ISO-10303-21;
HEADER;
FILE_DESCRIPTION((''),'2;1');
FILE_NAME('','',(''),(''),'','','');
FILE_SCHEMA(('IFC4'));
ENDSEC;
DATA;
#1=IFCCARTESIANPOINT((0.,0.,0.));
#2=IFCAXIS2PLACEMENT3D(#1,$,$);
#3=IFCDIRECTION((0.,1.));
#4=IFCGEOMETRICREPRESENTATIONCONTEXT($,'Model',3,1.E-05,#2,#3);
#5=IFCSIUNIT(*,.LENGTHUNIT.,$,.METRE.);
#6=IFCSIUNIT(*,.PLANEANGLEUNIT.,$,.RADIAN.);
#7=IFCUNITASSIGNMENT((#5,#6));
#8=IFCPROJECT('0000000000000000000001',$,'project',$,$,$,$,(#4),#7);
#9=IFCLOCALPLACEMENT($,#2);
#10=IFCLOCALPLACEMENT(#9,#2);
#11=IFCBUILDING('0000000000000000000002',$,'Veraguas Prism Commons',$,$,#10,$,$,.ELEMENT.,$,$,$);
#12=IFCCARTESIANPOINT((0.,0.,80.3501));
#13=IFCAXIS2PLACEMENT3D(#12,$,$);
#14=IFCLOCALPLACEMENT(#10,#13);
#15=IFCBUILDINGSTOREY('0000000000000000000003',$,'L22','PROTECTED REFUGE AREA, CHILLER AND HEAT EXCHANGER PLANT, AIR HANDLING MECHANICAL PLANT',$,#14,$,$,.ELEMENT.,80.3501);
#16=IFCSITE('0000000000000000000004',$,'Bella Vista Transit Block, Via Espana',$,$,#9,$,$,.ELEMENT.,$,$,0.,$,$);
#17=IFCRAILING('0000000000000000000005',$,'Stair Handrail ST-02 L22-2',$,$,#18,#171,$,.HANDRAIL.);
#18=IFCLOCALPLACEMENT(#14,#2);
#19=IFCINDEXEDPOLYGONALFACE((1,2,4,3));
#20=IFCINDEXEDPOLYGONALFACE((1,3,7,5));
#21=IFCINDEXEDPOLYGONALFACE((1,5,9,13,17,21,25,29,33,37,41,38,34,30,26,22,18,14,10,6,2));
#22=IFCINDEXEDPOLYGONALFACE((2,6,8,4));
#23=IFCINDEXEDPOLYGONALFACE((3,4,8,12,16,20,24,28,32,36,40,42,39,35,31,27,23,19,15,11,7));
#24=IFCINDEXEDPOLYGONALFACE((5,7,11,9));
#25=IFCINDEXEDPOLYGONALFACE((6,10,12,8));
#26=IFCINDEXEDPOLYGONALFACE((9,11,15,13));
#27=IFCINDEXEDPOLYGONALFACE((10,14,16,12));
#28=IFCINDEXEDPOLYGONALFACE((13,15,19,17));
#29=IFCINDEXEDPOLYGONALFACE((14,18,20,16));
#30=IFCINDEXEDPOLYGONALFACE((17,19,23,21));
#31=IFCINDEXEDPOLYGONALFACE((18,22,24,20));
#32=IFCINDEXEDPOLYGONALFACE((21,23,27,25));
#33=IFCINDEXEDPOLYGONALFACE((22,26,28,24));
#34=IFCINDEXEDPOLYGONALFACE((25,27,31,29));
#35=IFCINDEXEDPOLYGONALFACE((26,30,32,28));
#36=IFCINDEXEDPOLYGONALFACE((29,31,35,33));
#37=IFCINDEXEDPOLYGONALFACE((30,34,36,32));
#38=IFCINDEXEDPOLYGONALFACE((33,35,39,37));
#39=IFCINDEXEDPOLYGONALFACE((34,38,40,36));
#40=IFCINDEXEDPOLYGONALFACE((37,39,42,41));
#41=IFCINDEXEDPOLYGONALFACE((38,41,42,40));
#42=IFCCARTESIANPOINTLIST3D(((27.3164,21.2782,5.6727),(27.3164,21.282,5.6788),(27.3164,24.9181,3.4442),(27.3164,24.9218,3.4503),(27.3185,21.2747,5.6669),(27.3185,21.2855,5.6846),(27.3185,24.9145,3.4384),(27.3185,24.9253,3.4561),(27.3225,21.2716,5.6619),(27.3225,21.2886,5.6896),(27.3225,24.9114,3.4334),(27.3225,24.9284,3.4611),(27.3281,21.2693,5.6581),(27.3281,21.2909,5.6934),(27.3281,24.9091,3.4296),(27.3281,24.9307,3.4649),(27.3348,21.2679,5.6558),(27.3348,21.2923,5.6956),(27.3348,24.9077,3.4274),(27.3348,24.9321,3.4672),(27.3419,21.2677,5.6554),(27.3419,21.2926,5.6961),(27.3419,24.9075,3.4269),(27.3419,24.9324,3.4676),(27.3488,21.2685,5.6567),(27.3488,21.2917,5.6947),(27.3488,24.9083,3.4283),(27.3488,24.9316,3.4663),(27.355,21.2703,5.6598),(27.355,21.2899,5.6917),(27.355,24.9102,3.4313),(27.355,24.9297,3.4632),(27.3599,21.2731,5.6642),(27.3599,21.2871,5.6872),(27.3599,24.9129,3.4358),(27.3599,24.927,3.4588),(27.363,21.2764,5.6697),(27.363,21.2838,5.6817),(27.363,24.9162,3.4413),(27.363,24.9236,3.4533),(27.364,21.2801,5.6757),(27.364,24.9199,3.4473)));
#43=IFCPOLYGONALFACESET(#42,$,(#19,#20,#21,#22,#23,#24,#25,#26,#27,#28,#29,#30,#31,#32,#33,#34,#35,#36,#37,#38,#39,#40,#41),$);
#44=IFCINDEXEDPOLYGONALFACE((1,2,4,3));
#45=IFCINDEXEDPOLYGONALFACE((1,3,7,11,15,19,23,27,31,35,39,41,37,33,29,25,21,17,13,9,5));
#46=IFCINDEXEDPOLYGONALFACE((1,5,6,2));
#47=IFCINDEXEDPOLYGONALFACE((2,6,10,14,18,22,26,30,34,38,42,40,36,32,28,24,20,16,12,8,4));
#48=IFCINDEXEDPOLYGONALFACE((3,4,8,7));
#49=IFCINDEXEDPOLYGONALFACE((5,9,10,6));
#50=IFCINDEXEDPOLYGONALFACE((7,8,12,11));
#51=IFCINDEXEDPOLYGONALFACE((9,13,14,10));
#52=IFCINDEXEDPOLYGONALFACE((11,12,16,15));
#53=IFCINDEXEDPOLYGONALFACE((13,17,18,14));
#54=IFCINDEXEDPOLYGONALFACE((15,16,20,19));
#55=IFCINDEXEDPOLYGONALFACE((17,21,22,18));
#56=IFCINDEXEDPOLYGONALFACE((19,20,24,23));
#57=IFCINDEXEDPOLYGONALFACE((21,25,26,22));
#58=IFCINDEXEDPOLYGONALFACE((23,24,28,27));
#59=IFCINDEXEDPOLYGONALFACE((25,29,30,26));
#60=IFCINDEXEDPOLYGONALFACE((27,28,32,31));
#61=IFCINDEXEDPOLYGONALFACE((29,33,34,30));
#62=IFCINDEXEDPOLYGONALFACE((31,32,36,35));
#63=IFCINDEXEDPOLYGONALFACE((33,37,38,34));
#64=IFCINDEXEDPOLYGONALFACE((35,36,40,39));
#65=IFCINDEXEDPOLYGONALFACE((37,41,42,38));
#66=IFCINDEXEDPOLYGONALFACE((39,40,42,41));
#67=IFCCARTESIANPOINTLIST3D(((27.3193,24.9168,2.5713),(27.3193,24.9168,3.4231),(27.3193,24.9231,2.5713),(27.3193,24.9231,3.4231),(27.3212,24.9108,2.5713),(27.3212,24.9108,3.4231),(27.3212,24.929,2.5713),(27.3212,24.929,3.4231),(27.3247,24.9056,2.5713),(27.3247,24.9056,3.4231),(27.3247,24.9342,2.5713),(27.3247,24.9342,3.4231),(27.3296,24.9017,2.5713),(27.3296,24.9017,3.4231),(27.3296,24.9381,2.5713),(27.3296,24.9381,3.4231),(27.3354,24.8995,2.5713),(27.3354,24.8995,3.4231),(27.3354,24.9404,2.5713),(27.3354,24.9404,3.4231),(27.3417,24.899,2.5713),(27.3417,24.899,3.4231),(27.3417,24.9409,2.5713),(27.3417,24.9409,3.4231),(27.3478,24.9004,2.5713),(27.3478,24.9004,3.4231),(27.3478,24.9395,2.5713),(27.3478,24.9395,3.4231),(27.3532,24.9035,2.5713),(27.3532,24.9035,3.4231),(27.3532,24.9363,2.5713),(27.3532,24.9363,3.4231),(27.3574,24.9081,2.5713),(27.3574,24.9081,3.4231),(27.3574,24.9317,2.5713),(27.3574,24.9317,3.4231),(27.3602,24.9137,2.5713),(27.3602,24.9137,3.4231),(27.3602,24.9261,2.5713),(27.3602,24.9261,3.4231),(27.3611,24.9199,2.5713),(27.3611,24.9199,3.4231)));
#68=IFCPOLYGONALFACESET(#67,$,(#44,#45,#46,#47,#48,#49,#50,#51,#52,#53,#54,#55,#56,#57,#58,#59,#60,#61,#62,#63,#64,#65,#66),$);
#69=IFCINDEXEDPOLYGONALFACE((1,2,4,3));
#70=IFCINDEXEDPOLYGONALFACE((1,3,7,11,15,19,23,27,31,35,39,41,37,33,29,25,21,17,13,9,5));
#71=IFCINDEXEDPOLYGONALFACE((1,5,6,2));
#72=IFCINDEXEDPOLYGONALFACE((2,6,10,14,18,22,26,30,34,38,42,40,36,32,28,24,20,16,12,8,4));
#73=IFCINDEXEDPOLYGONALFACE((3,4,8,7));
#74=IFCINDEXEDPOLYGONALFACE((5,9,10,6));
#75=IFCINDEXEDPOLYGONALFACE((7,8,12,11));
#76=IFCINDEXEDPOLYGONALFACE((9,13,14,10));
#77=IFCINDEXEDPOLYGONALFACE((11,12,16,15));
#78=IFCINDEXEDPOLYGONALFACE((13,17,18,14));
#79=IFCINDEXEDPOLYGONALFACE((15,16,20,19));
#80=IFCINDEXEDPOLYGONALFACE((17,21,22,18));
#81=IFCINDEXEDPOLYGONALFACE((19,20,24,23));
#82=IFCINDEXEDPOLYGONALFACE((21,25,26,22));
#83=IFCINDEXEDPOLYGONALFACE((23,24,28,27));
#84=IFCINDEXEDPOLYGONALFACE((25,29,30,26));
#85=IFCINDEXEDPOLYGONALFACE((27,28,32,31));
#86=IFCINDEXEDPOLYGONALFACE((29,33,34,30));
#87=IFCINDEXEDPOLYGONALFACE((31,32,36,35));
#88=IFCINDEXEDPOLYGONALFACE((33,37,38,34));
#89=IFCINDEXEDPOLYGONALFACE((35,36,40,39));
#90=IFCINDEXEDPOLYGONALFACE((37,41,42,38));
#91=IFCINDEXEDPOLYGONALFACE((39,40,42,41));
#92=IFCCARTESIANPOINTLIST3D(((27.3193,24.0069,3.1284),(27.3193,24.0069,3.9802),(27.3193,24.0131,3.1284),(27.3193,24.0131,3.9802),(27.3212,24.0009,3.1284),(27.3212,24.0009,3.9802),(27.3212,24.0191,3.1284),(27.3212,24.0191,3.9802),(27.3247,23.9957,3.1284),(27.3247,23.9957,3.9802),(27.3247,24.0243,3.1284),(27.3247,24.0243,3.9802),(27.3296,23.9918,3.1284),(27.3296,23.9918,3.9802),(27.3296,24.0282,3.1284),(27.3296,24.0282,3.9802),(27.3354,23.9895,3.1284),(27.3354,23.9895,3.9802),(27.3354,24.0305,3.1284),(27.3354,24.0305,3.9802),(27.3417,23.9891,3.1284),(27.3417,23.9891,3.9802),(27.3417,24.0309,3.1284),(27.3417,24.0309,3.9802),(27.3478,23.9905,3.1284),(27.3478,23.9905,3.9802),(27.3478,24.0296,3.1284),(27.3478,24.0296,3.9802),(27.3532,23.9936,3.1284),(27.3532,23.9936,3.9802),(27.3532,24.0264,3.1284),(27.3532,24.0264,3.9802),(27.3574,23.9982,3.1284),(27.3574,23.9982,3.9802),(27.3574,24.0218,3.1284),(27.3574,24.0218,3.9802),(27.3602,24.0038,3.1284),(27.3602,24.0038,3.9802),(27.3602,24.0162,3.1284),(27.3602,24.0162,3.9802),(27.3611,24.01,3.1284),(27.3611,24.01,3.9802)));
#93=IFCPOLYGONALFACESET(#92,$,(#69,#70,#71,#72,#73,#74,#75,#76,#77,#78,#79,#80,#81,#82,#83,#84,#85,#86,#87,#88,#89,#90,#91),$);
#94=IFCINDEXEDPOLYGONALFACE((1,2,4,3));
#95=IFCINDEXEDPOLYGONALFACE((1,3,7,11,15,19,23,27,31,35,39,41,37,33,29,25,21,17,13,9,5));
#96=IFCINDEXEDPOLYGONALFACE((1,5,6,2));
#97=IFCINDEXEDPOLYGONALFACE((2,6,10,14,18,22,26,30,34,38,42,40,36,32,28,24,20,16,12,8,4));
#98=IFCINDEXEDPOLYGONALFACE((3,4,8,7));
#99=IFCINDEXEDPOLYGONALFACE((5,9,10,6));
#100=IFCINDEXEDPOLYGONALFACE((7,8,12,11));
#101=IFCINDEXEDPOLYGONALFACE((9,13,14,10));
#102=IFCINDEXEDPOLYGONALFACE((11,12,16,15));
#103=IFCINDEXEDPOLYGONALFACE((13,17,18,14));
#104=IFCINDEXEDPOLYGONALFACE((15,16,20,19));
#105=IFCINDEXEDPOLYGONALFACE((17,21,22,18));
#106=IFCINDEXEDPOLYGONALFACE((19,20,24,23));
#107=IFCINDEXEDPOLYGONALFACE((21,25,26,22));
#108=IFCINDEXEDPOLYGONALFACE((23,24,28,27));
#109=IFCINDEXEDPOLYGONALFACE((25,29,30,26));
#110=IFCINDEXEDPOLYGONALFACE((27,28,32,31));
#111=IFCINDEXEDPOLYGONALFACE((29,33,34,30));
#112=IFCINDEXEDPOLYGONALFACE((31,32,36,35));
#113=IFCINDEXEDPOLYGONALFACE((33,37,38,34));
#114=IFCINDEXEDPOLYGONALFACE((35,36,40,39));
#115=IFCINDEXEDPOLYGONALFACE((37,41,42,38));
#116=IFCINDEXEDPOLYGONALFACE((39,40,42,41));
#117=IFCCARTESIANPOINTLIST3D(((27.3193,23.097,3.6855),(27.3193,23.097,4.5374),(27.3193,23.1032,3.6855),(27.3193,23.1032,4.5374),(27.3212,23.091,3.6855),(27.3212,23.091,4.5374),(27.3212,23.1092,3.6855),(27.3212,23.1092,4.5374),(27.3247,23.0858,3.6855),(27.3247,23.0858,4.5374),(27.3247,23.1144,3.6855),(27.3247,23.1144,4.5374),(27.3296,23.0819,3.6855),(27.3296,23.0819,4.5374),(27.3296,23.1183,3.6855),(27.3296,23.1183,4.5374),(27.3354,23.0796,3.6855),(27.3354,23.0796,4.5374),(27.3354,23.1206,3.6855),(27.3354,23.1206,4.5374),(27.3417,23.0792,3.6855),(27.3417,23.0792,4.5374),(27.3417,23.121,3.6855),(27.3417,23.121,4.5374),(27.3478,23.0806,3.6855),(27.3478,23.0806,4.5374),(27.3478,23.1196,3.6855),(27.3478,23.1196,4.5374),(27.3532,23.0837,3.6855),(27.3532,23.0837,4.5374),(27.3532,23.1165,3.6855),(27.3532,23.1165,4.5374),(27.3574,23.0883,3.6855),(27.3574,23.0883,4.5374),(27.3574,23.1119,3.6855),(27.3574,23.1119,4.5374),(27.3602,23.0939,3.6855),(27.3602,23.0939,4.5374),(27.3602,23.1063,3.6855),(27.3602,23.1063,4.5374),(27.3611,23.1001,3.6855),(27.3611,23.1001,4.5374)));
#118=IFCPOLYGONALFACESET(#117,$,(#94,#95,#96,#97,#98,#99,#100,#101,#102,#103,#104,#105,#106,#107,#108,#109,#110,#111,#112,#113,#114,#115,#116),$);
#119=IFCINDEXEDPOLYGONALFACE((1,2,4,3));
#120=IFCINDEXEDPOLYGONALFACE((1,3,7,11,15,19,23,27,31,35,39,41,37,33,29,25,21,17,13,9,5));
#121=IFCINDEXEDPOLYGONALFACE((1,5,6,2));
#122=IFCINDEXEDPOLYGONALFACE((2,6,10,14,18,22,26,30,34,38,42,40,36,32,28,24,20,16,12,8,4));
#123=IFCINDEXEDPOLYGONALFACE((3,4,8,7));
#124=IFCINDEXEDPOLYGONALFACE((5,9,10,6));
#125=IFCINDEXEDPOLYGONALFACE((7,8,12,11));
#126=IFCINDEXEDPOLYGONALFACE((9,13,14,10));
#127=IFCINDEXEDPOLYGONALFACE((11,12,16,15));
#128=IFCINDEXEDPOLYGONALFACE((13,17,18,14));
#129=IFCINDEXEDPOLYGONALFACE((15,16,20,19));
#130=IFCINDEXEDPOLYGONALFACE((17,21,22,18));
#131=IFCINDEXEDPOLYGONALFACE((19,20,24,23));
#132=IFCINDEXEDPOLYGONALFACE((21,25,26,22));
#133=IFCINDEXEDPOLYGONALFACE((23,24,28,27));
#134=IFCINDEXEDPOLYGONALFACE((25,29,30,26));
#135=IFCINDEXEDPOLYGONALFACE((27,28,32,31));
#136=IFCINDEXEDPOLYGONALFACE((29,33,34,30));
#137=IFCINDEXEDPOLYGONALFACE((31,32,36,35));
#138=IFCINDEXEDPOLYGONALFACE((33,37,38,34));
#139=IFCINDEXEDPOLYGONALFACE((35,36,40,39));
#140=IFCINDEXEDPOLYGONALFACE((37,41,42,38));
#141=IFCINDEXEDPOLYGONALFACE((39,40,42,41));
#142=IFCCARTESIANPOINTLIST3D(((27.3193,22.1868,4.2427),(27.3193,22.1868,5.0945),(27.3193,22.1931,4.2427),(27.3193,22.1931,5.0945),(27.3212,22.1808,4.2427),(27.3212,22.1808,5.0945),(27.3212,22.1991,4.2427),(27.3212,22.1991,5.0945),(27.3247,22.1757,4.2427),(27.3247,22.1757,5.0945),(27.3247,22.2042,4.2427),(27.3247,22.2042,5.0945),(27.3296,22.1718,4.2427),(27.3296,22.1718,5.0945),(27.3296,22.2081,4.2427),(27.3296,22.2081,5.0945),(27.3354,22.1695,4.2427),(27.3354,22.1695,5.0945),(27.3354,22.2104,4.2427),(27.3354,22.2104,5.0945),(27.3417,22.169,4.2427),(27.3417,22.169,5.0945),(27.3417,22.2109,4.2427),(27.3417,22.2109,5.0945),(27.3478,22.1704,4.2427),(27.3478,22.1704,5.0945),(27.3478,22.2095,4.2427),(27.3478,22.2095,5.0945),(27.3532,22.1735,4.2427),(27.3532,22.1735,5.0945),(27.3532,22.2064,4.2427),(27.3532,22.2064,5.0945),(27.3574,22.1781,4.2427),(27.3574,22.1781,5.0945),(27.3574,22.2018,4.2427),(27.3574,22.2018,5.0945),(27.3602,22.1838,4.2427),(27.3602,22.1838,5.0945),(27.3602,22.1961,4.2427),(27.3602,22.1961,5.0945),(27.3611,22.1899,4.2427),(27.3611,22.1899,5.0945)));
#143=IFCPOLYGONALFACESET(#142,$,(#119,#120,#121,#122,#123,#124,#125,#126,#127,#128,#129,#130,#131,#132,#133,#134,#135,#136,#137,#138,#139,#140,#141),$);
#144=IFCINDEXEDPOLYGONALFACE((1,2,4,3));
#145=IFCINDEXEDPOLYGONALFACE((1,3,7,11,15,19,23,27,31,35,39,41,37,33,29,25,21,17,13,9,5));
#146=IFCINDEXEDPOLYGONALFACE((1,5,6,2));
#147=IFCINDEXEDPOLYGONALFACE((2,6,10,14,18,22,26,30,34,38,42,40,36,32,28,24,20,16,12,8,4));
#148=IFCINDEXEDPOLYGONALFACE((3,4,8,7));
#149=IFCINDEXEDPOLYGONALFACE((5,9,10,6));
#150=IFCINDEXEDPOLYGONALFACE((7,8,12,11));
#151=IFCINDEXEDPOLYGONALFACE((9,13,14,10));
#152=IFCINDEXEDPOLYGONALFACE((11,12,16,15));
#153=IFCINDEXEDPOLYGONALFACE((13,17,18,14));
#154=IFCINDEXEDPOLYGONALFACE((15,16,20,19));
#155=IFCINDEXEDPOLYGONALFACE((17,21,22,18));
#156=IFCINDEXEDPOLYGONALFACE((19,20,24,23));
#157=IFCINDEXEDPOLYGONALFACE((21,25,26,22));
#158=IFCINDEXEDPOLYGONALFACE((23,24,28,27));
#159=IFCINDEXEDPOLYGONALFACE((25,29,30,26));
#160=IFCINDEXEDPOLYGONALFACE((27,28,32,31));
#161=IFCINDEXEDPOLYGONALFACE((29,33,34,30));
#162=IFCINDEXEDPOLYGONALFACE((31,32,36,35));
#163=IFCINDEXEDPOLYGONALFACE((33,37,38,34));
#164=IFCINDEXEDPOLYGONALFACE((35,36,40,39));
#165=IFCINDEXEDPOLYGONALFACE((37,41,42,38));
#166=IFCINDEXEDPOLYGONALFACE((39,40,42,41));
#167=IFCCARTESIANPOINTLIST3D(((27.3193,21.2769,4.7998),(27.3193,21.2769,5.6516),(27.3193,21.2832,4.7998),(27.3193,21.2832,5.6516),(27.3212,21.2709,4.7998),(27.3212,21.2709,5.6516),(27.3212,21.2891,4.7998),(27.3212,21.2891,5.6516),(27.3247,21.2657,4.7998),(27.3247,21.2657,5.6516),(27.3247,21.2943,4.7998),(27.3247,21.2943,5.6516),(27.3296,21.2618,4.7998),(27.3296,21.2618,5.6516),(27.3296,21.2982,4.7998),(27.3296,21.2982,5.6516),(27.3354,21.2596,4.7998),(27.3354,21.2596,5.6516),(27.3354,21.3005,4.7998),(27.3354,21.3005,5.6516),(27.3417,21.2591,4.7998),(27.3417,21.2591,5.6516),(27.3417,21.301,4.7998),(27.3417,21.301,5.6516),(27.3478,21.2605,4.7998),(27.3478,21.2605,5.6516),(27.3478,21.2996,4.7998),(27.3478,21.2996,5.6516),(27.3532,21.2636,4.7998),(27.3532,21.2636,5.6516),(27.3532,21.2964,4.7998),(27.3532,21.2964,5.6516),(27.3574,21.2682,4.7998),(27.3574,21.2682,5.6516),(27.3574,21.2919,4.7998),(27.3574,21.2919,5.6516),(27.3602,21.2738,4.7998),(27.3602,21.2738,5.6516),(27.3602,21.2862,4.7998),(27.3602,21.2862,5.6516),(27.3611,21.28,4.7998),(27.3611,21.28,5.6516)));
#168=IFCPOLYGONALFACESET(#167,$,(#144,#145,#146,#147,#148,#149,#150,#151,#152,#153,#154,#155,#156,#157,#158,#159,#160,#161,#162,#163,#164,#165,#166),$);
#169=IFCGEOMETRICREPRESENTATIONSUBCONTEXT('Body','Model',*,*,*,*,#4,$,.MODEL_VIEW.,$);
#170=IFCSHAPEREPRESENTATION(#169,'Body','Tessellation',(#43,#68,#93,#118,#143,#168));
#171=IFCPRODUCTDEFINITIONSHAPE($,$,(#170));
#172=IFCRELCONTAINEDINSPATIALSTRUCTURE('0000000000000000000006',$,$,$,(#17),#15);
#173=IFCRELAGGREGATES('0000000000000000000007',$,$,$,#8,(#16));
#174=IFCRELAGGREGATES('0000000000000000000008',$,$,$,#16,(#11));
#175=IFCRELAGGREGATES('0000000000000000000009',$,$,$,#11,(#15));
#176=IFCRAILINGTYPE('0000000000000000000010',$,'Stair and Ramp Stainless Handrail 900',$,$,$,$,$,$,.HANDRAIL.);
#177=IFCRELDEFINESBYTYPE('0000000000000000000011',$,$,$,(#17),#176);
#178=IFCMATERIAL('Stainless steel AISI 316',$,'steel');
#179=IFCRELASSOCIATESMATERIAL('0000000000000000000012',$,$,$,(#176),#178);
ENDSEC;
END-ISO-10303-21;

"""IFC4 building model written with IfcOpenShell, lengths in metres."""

from ifc_helpers import new_model, si_unit, direction, frame, origin, origin_2d, place, context, subcontext, project, spatial, circle, extrude, material, type_object, element, save


model = new_model("IFC4")

# Units and contexts
model_context = context("Model", 3, precision=1e-05, world=origin(), true_north=direction((0.0, 1.0)))
body_context = subcontext(model_context, "Body", "Model", "MODEL_VIEW")
ifc_project = project(units=[si_unit("LENGTHUNIT", "METRE"), si_unit("PLANEANGLEUNIT", "RADIAN")], contexts=[model_context])

# Site, building, storey
site_placement = place(None, origin())
site = spatial("IfcSite", under=ifc_project, at=site_placement, Name="Bella Vista Transit Block, Via Espana", CompositionType="ELEMENT", RefElevation=0.0)
building_placement = place(site_placement, origin())
building = spatial("IfcBuilding", under=site, at=building_placement, Name="Veraguas Prism Commons", CompositionType="ELEMENT")
storey_placement = place(building_placement, frame((0.0, 0.0, 80.3501)))
storey = spatial("IfcBuildingStorey", under=building, at=storey_placement, Name="L22", Description="PROTECTED REFUGE AREA, CHILLER AND HEAT EXCHANGER PLANT, AIR HANDLING MECHANICAL PLANT", CompositionType="ELEMENT", Elevation=80.3501)

# Railing
ifc_material_1 = material(Name="Stainless steel AISI 316", Category="steel")
railing_type_1 = type_object("IfcRailingType", Name="Stair and Ramp Stainless Handrail 900", PredefinedType="HANDRAIL", material=ifc_material_1)
railing_1_placement = place(storey_placement, frame((27.3401, 24.9199, 2.5713)))
element("IfcRailing", 1, at=railing_1_placement, inside=storey, type_object=railing_type_1, Name="Stair Handrail ST-02 L22-2", PredefinedType="HANDRAIL", context=body_context, shape_type="SweptSolid", body=[
    extrude(circle(Radius=0.0239, at=origin_2d()), frame((0.0, 0.0, 0.876), z_axis=(0.0, -0.85285, 0.522156), x_axis=(1.0, 0.0, 0.0)), (0.0, 0.0, 1.0), 4.2678),
    extrude(circle(Radius=0.021, at=origin_2d()), origin(), (0.0, 0.0, 1.0), 0.8518),
    extrude(circle(Radius=0.021, at=origin_2d()), frame((0.0, -0.9099, 0.5571)), (0.0, 0.0, 1.0), 0.8518),
    extrude(circle(Radius=0.021, at=origin_2d()), frame((0.0, -1.8198, 1.1143)), (0.0, 0.0, 1.0), 0.8518),
    extrude(circle(Radius=0.021, at=origin_2d()), frame((0.0, -2.73, 1.6714)), (0.0, 0.0, 1.0), 0.8518),
    extrude(circle(Radius=0.021, at=origin_2d()), frame((0.0, -3.6399, 2.2285)), (0.0, 0.0, 1.0), 0.8518),
])

save(model, "model.ifc")
